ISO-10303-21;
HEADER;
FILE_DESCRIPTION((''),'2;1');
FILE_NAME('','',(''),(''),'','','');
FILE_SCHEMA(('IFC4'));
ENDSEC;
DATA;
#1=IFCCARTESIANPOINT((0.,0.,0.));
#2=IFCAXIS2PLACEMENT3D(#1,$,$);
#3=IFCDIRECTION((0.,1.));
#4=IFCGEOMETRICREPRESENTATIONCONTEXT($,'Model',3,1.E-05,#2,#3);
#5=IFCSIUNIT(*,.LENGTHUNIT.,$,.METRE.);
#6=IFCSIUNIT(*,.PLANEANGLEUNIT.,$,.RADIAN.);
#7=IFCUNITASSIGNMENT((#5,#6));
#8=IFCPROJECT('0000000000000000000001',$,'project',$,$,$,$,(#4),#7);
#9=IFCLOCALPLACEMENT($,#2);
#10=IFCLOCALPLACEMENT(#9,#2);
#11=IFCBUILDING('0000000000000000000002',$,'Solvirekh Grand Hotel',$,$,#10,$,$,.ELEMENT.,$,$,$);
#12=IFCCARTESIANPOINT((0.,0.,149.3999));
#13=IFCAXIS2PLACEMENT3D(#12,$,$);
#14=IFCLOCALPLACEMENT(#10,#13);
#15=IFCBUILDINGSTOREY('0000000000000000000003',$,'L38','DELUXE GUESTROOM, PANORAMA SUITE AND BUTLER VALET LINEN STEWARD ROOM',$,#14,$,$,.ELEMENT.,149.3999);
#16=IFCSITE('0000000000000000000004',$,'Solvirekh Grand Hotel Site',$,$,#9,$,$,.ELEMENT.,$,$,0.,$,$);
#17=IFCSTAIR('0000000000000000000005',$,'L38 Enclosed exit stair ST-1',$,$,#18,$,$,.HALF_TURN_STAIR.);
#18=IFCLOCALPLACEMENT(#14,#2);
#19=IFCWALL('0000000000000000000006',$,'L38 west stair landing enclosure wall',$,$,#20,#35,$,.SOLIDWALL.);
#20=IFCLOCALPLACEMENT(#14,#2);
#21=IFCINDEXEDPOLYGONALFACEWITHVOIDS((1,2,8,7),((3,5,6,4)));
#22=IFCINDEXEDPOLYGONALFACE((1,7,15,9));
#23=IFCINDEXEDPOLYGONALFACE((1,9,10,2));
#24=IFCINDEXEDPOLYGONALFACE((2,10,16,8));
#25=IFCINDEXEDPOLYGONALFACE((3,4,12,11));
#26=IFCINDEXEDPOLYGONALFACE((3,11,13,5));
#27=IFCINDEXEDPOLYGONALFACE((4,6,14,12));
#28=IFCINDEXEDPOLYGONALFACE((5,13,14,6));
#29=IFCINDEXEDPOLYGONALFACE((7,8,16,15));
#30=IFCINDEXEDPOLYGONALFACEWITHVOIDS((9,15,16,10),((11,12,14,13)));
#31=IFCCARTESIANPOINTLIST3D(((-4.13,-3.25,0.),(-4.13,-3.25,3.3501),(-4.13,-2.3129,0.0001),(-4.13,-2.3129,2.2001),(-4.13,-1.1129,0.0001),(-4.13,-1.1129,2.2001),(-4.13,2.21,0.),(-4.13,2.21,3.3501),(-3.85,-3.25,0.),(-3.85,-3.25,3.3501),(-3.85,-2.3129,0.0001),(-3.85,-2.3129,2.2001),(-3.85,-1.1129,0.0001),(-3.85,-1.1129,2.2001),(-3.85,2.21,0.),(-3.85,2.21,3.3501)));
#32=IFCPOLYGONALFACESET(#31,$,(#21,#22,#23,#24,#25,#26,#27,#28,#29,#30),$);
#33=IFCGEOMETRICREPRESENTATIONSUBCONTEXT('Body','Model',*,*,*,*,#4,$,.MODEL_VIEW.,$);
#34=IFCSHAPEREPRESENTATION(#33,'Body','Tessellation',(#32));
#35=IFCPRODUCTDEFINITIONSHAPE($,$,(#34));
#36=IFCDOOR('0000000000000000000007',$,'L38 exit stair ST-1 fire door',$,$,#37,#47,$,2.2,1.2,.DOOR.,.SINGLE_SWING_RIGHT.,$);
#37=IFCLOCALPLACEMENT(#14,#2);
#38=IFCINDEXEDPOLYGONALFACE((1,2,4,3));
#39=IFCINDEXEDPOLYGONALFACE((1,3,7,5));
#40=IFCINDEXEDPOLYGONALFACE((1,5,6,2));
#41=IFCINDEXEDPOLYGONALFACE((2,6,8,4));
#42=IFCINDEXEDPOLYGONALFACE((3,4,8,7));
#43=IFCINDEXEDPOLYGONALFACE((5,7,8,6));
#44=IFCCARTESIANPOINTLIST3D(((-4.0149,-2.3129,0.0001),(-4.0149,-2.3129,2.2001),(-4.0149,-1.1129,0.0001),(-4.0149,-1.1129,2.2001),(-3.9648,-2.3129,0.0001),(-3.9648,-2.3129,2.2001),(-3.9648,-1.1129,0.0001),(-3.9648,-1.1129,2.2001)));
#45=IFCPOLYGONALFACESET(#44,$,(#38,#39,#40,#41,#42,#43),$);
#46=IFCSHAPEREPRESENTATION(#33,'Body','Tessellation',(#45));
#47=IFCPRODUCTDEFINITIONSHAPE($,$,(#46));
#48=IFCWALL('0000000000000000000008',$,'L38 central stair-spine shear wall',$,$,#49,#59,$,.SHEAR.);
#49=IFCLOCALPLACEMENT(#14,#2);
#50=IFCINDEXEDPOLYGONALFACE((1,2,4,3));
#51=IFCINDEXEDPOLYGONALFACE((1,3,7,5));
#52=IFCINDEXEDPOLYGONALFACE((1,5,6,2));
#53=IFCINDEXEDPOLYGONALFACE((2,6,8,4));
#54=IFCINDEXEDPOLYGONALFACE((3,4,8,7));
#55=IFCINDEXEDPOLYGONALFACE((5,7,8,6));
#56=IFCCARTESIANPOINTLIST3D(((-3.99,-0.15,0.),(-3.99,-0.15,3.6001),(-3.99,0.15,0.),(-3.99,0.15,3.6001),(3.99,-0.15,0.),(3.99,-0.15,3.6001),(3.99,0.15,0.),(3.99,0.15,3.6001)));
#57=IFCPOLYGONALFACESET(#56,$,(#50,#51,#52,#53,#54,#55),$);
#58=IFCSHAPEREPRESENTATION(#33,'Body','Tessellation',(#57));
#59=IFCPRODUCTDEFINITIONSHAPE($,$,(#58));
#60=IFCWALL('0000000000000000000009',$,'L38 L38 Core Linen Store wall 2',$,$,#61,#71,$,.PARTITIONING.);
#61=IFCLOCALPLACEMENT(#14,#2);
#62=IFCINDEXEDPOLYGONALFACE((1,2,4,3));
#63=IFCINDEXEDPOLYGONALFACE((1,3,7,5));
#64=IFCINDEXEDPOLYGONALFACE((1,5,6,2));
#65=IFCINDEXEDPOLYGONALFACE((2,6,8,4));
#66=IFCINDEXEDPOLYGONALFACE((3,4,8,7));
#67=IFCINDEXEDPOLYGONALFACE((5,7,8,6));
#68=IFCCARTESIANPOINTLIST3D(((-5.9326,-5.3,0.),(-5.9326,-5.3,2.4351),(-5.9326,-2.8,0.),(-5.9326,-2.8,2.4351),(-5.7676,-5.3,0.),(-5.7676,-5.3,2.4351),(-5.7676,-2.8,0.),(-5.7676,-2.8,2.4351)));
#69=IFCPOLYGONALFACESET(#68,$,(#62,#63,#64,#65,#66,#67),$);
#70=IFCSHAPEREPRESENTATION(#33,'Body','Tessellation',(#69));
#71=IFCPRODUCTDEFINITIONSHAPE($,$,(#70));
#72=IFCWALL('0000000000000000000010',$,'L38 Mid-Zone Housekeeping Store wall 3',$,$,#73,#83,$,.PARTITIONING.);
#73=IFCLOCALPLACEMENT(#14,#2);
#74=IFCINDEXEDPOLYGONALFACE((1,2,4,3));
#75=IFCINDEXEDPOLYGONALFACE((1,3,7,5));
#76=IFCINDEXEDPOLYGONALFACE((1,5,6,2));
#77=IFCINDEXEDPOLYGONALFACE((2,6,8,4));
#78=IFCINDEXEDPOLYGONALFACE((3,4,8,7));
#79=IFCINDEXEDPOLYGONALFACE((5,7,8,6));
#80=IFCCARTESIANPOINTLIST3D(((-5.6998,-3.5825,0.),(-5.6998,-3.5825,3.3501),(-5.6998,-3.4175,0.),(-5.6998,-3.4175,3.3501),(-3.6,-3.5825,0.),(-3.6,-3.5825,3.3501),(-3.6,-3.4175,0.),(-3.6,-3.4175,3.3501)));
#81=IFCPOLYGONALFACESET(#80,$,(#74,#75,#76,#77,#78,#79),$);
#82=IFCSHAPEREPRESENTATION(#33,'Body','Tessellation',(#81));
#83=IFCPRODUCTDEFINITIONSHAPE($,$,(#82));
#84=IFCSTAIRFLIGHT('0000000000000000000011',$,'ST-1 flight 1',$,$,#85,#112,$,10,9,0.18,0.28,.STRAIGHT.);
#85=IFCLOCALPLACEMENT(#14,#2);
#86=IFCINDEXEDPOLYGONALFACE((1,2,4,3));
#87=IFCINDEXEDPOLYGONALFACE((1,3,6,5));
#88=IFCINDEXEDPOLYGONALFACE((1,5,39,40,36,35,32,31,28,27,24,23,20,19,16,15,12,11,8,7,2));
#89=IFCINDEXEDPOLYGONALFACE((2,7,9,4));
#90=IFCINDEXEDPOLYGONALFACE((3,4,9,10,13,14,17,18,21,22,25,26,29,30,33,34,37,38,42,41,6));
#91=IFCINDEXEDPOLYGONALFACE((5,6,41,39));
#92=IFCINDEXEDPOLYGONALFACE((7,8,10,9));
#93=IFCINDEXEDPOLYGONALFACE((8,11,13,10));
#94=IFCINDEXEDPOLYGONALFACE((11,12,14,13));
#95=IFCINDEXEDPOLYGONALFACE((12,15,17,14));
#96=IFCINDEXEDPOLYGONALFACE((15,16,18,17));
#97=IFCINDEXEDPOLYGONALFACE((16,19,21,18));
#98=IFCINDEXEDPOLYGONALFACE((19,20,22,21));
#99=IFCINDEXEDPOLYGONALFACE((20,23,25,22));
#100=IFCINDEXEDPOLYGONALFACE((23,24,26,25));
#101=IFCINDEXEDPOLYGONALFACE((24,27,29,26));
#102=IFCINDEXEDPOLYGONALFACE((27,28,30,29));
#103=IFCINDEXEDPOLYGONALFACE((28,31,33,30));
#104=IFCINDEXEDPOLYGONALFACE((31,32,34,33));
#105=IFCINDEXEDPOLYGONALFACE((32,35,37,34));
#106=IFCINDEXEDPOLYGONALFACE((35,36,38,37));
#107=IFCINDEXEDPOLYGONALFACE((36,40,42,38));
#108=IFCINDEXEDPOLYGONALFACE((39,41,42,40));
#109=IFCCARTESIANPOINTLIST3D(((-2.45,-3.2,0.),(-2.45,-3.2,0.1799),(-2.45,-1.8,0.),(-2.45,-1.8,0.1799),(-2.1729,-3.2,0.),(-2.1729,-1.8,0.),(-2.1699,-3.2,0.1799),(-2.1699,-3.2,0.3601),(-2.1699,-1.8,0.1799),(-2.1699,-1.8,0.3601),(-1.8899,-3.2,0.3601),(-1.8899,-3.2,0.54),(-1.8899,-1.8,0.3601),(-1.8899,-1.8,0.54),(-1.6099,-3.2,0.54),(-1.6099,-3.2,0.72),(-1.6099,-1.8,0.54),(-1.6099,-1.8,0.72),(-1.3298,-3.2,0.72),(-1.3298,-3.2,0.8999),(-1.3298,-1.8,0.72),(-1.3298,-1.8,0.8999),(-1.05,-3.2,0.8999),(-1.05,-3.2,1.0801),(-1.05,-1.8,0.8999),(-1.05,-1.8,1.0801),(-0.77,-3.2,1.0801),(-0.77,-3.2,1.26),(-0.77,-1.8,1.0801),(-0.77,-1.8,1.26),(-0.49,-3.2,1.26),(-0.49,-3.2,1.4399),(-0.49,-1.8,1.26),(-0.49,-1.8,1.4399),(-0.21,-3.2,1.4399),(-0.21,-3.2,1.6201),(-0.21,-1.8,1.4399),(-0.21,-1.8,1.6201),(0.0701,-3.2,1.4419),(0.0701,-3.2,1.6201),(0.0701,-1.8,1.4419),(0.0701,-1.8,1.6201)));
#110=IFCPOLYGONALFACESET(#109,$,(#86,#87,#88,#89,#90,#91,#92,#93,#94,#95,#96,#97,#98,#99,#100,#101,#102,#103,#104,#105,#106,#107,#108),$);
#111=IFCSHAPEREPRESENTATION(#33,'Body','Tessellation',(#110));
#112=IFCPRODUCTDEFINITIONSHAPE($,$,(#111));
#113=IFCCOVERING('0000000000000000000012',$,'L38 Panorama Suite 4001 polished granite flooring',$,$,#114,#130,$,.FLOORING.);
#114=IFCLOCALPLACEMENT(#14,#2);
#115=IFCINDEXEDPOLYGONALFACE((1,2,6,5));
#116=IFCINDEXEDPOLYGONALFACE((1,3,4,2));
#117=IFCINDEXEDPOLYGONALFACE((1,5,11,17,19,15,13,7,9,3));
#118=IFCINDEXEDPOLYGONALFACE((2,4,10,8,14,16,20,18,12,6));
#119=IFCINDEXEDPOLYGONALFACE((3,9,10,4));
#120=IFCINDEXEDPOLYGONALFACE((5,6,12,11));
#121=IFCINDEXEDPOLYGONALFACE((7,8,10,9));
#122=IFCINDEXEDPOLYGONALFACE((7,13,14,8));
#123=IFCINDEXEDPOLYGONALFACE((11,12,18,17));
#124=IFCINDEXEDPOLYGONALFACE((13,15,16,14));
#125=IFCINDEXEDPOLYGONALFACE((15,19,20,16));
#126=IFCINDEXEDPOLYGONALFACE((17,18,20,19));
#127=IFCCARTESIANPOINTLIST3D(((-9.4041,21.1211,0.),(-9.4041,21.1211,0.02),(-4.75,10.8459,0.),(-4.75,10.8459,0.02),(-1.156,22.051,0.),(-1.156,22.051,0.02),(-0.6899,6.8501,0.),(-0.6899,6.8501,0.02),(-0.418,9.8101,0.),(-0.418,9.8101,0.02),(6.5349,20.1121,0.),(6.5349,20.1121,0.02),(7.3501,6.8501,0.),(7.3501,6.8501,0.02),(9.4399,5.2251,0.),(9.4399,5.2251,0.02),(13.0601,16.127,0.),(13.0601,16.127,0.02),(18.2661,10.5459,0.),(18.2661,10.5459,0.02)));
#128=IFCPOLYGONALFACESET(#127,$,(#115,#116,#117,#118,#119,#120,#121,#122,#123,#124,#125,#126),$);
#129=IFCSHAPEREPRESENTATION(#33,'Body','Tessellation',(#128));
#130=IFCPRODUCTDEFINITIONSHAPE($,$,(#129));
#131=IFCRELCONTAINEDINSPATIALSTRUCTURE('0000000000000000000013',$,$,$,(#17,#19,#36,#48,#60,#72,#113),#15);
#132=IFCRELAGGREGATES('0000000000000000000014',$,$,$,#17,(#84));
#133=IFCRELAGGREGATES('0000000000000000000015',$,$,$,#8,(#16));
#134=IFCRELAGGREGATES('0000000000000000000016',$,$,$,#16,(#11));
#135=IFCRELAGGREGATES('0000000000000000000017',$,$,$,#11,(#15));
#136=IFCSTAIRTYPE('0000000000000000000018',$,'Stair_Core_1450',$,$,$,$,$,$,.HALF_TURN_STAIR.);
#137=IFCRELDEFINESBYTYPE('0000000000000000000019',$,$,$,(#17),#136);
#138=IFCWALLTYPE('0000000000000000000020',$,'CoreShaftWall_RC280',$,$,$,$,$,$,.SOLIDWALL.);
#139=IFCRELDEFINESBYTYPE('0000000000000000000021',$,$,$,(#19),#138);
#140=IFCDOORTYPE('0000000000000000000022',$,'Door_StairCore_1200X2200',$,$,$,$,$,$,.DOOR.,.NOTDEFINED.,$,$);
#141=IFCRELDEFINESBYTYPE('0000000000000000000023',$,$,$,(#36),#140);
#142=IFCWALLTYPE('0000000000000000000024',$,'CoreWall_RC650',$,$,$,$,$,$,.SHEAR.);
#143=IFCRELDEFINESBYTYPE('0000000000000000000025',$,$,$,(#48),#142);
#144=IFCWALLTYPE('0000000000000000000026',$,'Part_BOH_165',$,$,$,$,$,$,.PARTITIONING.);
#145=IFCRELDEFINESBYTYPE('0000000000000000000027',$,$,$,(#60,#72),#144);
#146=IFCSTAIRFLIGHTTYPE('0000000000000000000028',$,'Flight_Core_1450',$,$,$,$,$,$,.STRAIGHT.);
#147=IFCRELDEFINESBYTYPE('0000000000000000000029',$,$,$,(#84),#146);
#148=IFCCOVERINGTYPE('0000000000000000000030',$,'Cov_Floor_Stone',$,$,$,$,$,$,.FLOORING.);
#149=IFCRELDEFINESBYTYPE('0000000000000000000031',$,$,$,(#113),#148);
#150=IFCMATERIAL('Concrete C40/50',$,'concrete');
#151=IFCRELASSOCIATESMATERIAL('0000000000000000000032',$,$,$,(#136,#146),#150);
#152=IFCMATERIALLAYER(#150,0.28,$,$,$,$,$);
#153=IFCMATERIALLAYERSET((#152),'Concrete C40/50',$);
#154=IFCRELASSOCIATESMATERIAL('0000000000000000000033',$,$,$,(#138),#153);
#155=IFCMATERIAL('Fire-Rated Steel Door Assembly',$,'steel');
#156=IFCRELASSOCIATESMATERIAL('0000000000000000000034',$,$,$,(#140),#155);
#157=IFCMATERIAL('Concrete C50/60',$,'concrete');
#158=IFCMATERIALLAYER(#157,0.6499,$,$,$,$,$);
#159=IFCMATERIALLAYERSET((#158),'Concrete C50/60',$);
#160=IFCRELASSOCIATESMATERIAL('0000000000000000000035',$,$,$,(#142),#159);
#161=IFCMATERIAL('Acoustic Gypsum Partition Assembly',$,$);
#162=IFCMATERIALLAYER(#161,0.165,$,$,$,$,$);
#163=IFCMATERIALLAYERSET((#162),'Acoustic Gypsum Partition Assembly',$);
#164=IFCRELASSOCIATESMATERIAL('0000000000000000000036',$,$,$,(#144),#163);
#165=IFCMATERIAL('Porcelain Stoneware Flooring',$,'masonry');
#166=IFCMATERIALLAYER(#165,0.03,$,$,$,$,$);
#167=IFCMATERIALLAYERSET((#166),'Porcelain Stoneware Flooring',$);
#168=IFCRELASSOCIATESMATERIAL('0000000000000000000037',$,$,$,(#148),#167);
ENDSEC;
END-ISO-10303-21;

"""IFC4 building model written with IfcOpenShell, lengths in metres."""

from ifc_helpers import new_model, si_unit, direction, frame, frame_2d, origin, place, context, subcontext, project, spatial, polyline, rectangle, outline, extrude, material, layer, layer_set, type_object, element, fill, aggregate, save


model = new_model("IFC4")

# Units and contexts
model_context = context("Model", 3, precision=1e-05, world=origin(), true_north=direction((0.0, 1.0)))
body_context = subcontext(model_context, "Body", "Model", "MODEL_VIEW")
ifc_project = project(units=[si_unit("LENGTHUNIT", "METRE"), si_unit("PLANEANGLEUNIT", "RADIAN")], contexts=[model_context])

# Site, building, storey
site_placement = place(None, origin())
site = spatial("IfcSite", under=ifc_project, at=site_placement, Name="Solvirekh Grand Hotel Site", CompositionType="ELEMENT", RefElevation=0.0)
building_placement = place(site_placement, origin())
building = spatial("IfcBuilding", under=site, at=building_placement, Name="Solvirekh Grand Hotel", CompositionType="ELEMENT")
storey_placement = place(building_placement, frame((0.0, 0.0, 149.3999)))
storey = spatial("IfcBuildingStorey", under=building, at=storey_placement, Name="L38", Description="DELUXE GUESTROOM, PANORAMA SUITE AND BUTLER VALET LINEN STEWARD ROOM", CompositionType="ELEMENT", Elevation=149.3999)

# Shared definitions
ifc_material_1 = material(Name="Concrete C50/60", Category="concrete")

# Stair
ifc_material_2 = material(Name="Concrete C40/50", Category="concrete")
stair_type = type_object("IfcStairType", Name="Stair_Core_1450", PredefinedType="HALF_TURN_STAIR", material=ifc_material_2)
stair_1_placement = place(storey_placement, origin())
stair_1 = element("IfcStair", 1, at=stair_1_placement, inside=storey, type_object=stair_type, Name="L38 Enclosed exit stair ST-1", PredefinedType="HALF_TURN_STAIR")

# Shared definitions
ifc_layer_1 = layer(ifc_material_2, 0.28)
ifc_layer_set_1 = layer_set([ifc_layer_1], Name="Concrete C40/50")
wall_type_1 = type_object("IfcWallType", Name="CoreShaftWall_RC280", PredefinedType="SOLIDWALL", material=ifc_layer_set_1)

# Wall, opening, door
wall_1_placement = place(storey_placement, frame((-3.99, -3.25, 0.0), z_axis=(0.0, 0.0, 1.0), x_axis=(0.0, 1.0, 0.0)))
wall_1 = element("IfcWall", 2, at=wall_1_placement, inside=storey, type_object=wall_type_1, Name="L38 west stair landing enclosure wall", PredefinedType="SOLIDWALL", context=body_context, shape_type="SweptSolid", body=[
    extrude(rectangle(XDim=5.46, YDim=0.28, at=frame_2d((2.73, 0.0))), origin(), (0.0, 0.0, 1.0), 3.3501),
])
opening_placement = place(wall_1_placement, frame((0.937, 0.0, 0.0)))
opening = element("IfcOpeningElement", 3, at=opening_placement, cuts=wall_1, PredefinedType="OPENING", context=body_context, shape_type="SweptSolid", body=[
    extrude(rectangle(XDim=1.2, YDim=2.2, at=frame_2d((0.6001, 1.1001))), frame((0.0, 0.1499, 0.0), z_axis=(0.0, -1.0, 0.0), x_axis=(1.0, 0.0, 0.0)), (0.0, 0.0, 1.0), 0.3),
])
ifc_material_3 = material(Name="Fire-Rated Steel Door Assembly", Category="steel")
door_type = type_object("IfcDoorType", Name="Door_StairCore_1200X2200", OperationType="NOTDEFINED", PredefinedType="DOOR", material=ifc_material_3)
door_placement = place(opening_placement, origin())
door = element("IfcDoor", 4, at=door_placement, inside=storey, type_object=door_type, Name="L38 exit stair ST-1 fire door", OperationType="SINGLE_SWING_RIGHT", OverallHeight=2.2, OverallWidth=1.2, PredefinedType="DOOR", context=body_context, shape_type="SweptSolid", body=[
    extrude(rectangle(XDim=1.2, YDim=2.2, at=frame_2d((0.6001, 1.1001))), frame((0.0, 0.0249, 0.0), z_axis=(0.0, -1.0, 0.0), x_axis=(1.0, 0.0, 0.0)), (0.0, 0.0, 1.0), 0.05),
])
fill(opening, door)

# Walls
ifc_layer_2 = layer(ifc_material_1, 0.6499)
ifc_layer_set_2 = layer_set([ifc_layer_2], Name="Concrete C50/60")
wall_type_2 = type_object("IfcWallType", Name="CoreWall_RC650", PredefinedType="SHEAR", material=ifc_layer_set_2)
wall_2_placement = place(storey_placement, frame((-3.99, 0.0, 0.0), z_axis=(0.0, 0.0, 1.0), x_axis=(1.0, 0.0, 0.0)))
element("IfcWall", 5, at=wall_2_placement, inside=storey, type_object=wall_type_2, Name="L38 central stair-spine shear wall", PredefinedType="SHEAR", context=body_context, shape_type="SweptSolid", body=[
    extrude(rectangle(XDim=7.98, YDim=0.3, at=frame_2d((3.99, 0.0))), origin(), (0.0, 0.0, 1.0), 3.6001),
])
ifc_material_4 = material(Name="Acoustic Gypsum Partition Assembly")
ifc_layer_3 = layer(ifc_material_4, 0.165)
ifc_layer_set_3 = layer_set([ifc_layer_3], Name="Acoustic Gypsum Partition Assembly")
wall_type_3 = type_object("IfcWallType", Name="Part_BOH_165", PredefinedType="PARTITIONING", material=ifc_layer_set_3)
wall_3_placement = place(storey_placement, frame((-5.8501, -5.3, 0.0), z_axis=(0.0, 0.0, 1.0), x_axis=(0.0, 1.0, 0.0)))
element("IfcWall", 6, at=wall_3_placement, inside=storey, type_object=wall_type_3, Name="L38 L38 Core Linen Store wall 2", PredefinedType="PARTITIONING", context=body_context, shape_type="SweptSolid", body=[
    extrude(rectangle(XDim=2.5, YDim=0.165, at=frame_2d((1.25, 0.0))), origin(), (0.0, 0.0, 1.0), 2.4351),
])
wall_4_placement = place(storey_placement, frame((-3.6001, -3.5, 0.0), z_axis=(0.0, 0.0, 1.0), x_axis=(-1.0, 0.0, 0.0)))
element("IfcWall", 7, at=wall_4_placement, inside=storey, type_object=wall_type_3, Name="L38 Mid-Zone Housekeeping Store wall 3", PredefinedType="PARTITIONING", context=body_context, shape_type="SweptSolid", body=[
    extrude(rectangle(XDim=2.0999, YDim=0.165, at=frame_2d((1.0498, 0.0))), origin(), (0.0, 0.0, 1.0), 3.3501),
])

# Stair flight
stair_flight_type = type_object("IfcStairFlightType", Name="Flight_Core_1450", PredefinedType="STRAIGHT", material=ifc_material_2)
stair_flight_placement = place(storey_placement, frame((-2.45, -2.5, 0.0), z_axis=(0.0, 0.0, 1.0), x_axis=(1.0, 0.0, 0.0)))
stair_flight = element("IfcStairFlight", 8, at=stair_flight_placement, type_object=stair_flight_type, Name="ST-1 flight 1", NumberOfRisers=10, NumberOfTreads=9, PredefinedType="STRAIGHT", RiserHeight=0.18, TreadLength=0.28, context=body_context, shape_type="SweptSolid", body=[
    extrude(outline(polyline([(0.0, 0.0), (0.0, 0.1799), (0.28, 0.1799), (0.28, 0.3601), (0.5601, 0.3601), (0.5601, 0.54), (0.8401, 0.54), (0.8401, 0.72), (1.1201, 0.72), (1.1201, 0.8999), (1.3999, 0.8999), (1.3999, 1.0801), (1.6799, 1.0801), (1.6799, 1.26), (1.96, 1.26), (1.96, 1.4399), (2.24, 1.4399), (2.24, 1.6201), (2.52, 1.6201), (2.52, 1.8), (2.52, 1.4419), (0.2771, 0.0), (0.0, 0.0)])), frame((0.0, 0.7, 0.0), z_axis=(0.0, -1.0, 0.0), x_axis=(1.0, 0.0, 0.0)), (0.0, 0.0, 1.0), 1.3999),
])
aggregate(stair_1, [stair_flight])

# Covering
ifc_material_5 = material(Name="Porcelain Stoneware Flooring", Category="masonry")
ifc_layer_4 = layer(ifc_material_5, 0.03)
ifc_layer_set_4 = layer_set([ifc_layer_4], Name="Porcelain Stoneware Flooring")
covering_type = type_object("IfcCoveringType", Name="Cov_Floor_Stone", PredefinedType="FLOORING", material=ifc_layer_set_4)
covering_placement = place(storey_placement, origin())
element("IfcCovering", 9, at=covering_placement, inside=storey, type_object=covering_type, Name="L38 Panorama Suite 4001 polished granite flooring", PredefinedType="FLOORING", context=body_context, shape_type="SweptSolid", body=[
    extrude(outline(polyline([(-4.75, 10.8459), (-0.418, 9.8101), (-0.6899, 6.8501), (7.3501, 6.8501), (9.4399, 5.2251), (18.2661, 10.5459), (13.0601, 16.127), (6.5349, 20.1121), (-1.156, 22.051), (-9.4041, 21.1211), (-4.75, 10.8459)])), origin(), (0.0, 0.0, 1.0), 0.02),
])

save(model, "model.ifc")
